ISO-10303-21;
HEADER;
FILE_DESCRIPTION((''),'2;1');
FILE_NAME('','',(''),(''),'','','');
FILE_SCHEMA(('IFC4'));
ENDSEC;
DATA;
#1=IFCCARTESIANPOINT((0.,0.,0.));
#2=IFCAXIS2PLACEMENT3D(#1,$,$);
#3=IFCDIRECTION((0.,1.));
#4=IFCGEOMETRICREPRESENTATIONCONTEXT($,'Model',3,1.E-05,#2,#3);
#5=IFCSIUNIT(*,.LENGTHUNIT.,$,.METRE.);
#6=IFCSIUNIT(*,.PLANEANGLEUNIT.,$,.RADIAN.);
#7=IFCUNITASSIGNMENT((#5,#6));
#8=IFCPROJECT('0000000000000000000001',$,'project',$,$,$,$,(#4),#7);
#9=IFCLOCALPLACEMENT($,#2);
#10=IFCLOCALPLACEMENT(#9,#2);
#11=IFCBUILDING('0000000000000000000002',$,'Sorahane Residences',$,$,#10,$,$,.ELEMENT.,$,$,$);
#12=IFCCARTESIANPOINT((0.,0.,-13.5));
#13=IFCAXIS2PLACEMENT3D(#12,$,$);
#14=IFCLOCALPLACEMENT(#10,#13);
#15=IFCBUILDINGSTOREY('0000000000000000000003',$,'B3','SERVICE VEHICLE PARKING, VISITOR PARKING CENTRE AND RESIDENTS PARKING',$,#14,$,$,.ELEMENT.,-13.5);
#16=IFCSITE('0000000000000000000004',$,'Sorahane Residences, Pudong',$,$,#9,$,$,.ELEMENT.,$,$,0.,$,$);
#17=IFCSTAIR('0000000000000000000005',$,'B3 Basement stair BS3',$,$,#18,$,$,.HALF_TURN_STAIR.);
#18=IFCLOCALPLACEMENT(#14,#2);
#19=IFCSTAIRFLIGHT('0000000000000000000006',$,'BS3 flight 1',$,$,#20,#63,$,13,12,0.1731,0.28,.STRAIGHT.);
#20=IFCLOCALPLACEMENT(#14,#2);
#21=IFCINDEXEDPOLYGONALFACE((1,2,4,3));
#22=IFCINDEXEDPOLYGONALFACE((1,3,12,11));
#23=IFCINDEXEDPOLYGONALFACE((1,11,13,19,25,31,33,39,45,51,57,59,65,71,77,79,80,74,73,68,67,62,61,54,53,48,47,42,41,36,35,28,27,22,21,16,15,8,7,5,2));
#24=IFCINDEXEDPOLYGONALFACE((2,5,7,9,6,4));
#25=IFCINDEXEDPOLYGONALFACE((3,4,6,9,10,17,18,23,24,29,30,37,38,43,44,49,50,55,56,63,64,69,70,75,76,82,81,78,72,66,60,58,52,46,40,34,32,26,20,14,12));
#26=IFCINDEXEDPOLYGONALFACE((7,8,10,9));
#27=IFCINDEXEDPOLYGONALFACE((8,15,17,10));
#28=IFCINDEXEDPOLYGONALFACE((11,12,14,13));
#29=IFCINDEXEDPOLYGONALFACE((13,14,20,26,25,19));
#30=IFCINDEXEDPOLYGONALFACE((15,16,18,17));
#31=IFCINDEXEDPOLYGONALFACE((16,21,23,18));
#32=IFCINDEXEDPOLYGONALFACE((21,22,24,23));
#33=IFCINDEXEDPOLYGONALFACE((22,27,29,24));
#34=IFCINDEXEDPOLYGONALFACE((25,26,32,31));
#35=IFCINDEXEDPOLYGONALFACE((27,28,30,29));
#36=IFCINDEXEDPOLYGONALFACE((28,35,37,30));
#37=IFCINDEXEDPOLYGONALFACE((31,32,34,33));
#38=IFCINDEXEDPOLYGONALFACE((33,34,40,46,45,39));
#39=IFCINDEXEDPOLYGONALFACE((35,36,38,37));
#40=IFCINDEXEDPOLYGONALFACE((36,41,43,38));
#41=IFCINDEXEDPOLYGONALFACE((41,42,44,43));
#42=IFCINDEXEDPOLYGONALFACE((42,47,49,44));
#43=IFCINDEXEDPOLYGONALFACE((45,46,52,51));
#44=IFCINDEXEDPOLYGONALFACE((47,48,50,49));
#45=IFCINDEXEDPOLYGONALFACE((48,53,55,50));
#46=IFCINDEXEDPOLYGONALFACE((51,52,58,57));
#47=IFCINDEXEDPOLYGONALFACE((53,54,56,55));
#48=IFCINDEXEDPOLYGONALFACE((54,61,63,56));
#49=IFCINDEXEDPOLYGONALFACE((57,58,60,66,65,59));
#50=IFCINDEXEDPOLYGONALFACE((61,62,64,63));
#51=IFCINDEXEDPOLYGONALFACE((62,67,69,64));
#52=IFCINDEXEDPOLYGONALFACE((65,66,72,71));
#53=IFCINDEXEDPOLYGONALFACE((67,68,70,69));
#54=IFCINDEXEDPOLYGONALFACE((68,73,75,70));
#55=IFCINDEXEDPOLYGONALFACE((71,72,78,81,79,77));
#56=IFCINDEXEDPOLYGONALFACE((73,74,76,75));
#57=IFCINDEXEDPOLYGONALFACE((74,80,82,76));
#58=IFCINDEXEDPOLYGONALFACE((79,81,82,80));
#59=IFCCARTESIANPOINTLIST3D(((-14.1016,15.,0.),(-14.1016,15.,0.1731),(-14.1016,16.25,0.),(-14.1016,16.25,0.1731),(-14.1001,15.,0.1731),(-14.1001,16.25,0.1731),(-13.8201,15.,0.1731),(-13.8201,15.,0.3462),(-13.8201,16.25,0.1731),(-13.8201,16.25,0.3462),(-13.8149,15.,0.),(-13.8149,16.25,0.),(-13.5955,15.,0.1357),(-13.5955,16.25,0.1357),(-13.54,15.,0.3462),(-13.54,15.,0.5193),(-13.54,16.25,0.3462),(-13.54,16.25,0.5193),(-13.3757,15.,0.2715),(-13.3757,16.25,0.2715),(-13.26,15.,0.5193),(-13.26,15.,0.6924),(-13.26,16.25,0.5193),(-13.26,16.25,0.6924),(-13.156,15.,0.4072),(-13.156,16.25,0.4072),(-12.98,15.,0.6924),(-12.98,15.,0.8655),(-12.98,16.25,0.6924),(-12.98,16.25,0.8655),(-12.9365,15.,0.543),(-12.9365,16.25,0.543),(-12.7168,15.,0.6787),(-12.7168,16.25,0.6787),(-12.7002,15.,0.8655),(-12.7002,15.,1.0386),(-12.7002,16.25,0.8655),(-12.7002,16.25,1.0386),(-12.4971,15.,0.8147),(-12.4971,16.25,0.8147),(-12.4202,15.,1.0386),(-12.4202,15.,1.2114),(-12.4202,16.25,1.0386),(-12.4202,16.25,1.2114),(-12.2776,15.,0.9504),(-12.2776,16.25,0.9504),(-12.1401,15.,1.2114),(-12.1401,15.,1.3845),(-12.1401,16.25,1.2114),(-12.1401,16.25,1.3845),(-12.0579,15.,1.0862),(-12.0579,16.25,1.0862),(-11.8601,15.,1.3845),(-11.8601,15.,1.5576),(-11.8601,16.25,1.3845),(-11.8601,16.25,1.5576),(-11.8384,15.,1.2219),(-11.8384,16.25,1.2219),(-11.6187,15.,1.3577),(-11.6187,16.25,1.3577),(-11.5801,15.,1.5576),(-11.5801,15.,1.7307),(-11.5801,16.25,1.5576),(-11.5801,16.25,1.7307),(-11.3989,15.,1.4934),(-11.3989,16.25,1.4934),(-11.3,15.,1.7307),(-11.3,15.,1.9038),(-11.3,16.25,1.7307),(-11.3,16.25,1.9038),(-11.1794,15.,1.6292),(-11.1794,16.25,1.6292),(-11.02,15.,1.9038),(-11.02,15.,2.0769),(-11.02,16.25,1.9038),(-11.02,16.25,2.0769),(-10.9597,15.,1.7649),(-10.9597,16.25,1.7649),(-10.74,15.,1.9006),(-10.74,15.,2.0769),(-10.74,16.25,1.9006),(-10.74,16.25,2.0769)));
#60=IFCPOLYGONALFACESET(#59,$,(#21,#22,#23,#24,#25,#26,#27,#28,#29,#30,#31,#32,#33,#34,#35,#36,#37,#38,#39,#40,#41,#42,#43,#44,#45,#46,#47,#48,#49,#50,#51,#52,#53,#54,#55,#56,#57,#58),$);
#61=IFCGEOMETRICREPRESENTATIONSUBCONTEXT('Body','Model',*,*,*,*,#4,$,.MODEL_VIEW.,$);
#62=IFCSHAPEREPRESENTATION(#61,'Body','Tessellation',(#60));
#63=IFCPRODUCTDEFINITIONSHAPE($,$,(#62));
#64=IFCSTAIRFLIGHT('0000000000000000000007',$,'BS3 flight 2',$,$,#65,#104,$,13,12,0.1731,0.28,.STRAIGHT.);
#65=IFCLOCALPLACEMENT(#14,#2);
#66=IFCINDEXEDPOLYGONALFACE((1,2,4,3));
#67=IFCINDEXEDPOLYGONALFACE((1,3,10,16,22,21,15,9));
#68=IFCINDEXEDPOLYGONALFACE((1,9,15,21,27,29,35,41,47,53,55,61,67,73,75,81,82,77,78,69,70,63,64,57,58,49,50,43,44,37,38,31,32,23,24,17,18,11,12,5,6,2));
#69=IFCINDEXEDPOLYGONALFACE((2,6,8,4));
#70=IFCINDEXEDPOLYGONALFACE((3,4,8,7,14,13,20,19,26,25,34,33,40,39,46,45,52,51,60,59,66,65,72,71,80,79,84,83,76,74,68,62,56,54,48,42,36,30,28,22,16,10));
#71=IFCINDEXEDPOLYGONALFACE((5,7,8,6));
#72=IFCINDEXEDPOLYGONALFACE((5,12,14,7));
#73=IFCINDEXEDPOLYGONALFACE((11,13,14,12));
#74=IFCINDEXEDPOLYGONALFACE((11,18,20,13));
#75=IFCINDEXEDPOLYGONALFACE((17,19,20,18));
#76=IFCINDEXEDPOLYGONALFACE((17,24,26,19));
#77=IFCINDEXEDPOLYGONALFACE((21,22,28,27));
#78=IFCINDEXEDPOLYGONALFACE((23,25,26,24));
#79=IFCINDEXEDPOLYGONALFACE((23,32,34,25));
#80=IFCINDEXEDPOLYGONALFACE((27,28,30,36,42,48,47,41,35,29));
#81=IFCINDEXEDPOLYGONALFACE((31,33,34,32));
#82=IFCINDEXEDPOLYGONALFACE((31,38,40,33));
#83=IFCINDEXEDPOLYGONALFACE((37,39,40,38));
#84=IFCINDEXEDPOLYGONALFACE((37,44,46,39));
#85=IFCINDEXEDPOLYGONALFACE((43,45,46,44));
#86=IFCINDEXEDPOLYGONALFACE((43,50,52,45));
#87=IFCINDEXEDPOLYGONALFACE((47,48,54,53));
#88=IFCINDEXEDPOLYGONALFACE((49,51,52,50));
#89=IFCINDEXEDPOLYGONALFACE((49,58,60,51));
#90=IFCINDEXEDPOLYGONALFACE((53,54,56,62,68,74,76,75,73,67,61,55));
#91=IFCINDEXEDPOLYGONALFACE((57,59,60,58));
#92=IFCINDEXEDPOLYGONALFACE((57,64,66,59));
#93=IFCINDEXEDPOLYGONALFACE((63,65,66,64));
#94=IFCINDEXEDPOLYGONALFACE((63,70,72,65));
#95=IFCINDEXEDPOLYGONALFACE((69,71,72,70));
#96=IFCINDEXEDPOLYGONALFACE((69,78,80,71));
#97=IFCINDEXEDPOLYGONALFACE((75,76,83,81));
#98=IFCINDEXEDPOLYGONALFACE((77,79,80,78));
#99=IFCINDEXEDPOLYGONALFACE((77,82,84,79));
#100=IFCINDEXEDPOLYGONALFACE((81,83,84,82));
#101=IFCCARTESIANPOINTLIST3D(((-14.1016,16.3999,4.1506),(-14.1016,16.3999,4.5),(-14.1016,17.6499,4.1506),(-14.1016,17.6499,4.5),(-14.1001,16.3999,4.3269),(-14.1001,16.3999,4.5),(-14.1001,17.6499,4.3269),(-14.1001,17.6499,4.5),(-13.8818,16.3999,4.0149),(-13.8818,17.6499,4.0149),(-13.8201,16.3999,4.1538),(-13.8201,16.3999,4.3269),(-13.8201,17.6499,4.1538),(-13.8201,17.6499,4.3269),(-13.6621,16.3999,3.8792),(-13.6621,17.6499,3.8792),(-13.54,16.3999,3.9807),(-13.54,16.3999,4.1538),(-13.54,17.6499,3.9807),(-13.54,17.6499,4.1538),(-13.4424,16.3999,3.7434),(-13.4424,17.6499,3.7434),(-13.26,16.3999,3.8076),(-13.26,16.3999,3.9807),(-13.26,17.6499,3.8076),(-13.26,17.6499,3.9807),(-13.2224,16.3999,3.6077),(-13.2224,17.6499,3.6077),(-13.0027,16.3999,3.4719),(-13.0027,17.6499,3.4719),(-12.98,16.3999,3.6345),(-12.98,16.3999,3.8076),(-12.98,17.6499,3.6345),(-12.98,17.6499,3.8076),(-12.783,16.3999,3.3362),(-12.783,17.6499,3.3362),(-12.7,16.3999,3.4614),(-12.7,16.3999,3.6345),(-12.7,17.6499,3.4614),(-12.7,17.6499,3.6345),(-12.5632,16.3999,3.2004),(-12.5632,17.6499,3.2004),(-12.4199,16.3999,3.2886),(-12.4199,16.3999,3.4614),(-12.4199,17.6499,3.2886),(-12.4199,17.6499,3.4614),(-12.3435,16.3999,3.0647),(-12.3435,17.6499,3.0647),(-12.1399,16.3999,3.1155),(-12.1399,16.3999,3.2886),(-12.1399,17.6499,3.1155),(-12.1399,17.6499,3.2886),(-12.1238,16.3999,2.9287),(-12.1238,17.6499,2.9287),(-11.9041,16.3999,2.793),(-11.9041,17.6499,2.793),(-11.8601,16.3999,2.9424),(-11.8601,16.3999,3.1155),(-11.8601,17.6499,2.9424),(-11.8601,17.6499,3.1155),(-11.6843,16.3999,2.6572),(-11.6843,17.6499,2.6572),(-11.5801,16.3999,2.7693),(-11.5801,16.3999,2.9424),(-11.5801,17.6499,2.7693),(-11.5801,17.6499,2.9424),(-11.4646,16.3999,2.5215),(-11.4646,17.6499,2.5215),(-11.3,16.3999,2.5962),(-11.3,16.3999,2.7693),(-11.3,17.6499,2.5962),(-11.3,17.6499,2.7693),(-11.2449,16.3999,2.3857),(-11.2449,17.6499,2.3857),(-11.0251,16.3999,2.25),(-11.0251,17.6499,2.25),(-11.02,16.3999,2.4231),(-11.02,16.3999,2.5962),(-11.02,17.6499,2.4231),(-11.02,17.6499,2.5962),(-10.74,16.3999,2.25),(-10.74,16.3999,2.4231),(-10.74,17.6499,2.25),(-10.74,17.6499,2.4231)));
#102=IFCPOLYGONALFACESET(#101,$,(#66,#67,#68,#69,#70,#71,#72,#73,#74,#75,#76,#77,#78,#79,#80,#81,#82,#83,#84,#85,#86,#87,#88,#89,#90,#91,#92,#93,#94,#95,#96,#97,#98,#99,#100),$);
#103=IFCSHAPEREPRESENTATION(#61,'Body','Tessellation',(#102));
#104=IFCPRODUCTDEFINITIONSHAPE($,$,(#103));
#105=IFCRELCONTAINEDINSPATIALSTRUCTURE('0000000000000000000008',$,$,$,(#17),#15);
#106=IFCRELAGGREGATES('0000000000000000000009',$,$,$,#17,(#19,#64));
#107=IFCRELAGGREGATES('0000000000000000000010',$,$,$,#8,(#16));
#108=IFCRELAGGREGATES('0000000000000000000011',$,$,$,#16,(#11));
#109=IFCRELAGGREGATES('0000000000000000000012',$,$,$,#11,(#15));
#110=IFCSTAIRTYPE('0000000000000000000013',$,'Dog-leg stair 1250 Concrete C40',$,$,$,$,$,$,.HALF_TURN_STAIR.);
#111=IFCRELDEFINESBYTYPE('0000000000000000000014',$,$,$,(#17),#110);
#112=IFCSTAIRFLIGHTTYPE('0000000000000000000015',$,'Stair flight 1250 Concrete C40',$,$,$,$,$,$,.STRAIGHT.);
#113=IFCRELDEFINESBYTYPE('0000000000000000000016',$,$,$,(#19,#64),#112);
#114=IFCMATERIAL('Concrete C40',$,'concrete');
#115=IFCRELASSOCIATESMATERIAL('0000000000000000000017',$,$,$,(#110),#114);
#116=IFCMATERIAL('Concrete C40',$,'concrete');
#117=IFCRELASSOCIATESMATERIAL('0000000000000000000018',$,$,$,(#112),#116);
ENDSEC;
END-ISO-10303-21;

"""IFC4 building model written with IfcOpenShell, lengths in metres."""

from ifc_helpers import new_model, si_unit, direction, frame, origin, place, context, subcontext, project, spatial, polyline, outline, extrude, material, type_object, element, aggregate, save


model = new_model("IFC4")

# Units and contexts
model_context = context("Model", 3, precision=1e-05, world=origin(), true_north=direction((0.0, 1.0)))
body_context = subcontext(model_context, "Body", "Model", "MODEL_VIEW")
ifc_project = project(units=[si_unit("LENGTHUNIT", "METRE"), si_unit("PLANEANGLEUNIT", "RADIAN")], contexts=[model_context])

# Site, building, storey
site_placement = place(None, origin())
site = spatial("IfcSite", under=ifc_project, at=site_placement, Name="Sorahane Residences, Pudong", CompositionType="ELEMENT", RefElevation=0.0)
building_placement = place(site_placement, origin())
building = spatial("IfcBuilding", under=site, at=building_placement, Name="Sorahane Residences", CompositionType="ELEMENT")
storey_placement = place(building_placement, frame((0.0, 0.0, -13.5)))
storey = spatial("IfcBuildingStorey", under=building, at=storey_placement, Name="B3", Description="SERVICE VEHICLE PARKING, VISITOR PARKING CENTRE AND RESIDENTS PARKING", CompositionType="ELEMENT", Elevation=-13.5)

# Stair, stair flights
ifc_material_1 = material(Name="Concrete C40", Category="concrete")
stair_type = type_object("IfcStairType", Name="Dog-leg stair 1250 Concrete C40", PredefinedType="HALF_TURN_STAIR", material=ifc_material_1)
stair_placement = place(storey_placement, origin())
stair = element("IfcStair", 1, at=stair_placement, inside=storey, type_object=stair_type, Name="B3 Basement stair BS3", PredefinedType="HALF_TURN_STAIR")
ifc_material_2 = material(Name="Concrete C40", Category="concrete")
stair_flight_type = type_object("IfcStairFlightType", Name="Stair flight 1250 Concrete C40", PredefinedType="STRAIGHT", material=ifc_material_2)
stair_flight_1_placement = place(storey_placement, frame((-14.1001, 15.625, 0.0), z_axis=(0.0, 0.0, 1.0), x_axis=(1.0, 0.0, 0.0)))
stair_flight_1 = element("IfcStairFlight", 2, at=stair_flight_1_placement, type_object=stair_flight_type, Name="BS3 flight 1", NumberOfRisers=13, NumberOfTreads=12, PredefinedType="STRAIGHT", RiserHeight=0.1731, TreadLength=0.28, context=body_context, shape_type="SweptSolid", body=[
    extrude(outline(polyline([(-0.0015, 0.0), (-0.0015, 0.1731), (0.0, 0.1731), (0.28, 0.1731), (0.28, 0.3462), (0.5601, 0.3462), (0.5601, 0.5193), (0.8401, 0.5193), (0.8401, 0.6924), (1.1201, 0.6924), (1.1201, 0.8655), (1.3999, 0.8655), (1.3999, 1.0386), (1.6799, 1.0386), (1.6799, 1.2114), (1.96, 1.2114), (1.96, 1.3845), (2.24, 1.3845), (2.24, 1.5576), (2.52, 1.5576), (2.52, 1.7307), (2.8, 1.7307), (2.8, 1.9038), (3.0801, 1.9038), (3.0801, 2.0769), (3.3601, 2.0769), (3.3601, 2.25), (3.3601, 1.9006), (3.1404, 1.7649), (2.9207, 1.6292), (2.7012, 1.4934), (2.4814, 1.3577), (2.2617, 1.2219), (2.0422, 1.0862), (1.8225, 0.9504), (1.603, 0.8147), (1.3833, 0.6787), (1.1636, 0.543), (0.9441, 0.4072), (0.7244, 0.2715), (0.5046, 0.1357), (0.2852, 0.0), (-0.0015, 0.0)])), frame((0.0, 0.625, 0.0), z_axis=(0.0, -1.0, 0.0), x_axis=(1.0, 0.0, 0.0)), (0.0, 0.0, 1.0), 1.25),
])
stair_flight_2_placement = place(storey_placement, frame((-10.74, 17.0249, 2.25), z_axis=(0.0, 0.0, 1.0), x_axis=(-1.0, 0.0, 0.0)))
stair_flight_2 = element("IfcStairFlight", 3, at=stair_flight_2_placement, type_object=stair_flight_type, Name="BS3 flight 2", NumberOfRisers=13, NumberOfTreads=12, PredefinedType="STRAIGHT", RiserHeight=0.1731, TreadLength=0.28, context=body_context, shape_type="SweptSolid", body=[
    extrude(outline(polyline([(0.0, 0.0), (0.0, 0.1731), (0.28, 0.1731), (0.28, 0.3462), (0.5601, 0.3462), (0.5601, 0.5193), (0.8401, 0.5193), (0.8401, 0.6924), (1.1201, 0.6924), (1.1201, 0.8655), (1.3999, 0.8655), (1.3999, 1.0386), (1.6799, 1.0386), (1.6799, 1.2114), (1.96, 1.2114), (1.96, 1.3845), (2.24, 1.3845), (2.24, 1.5576), (2.52, 1.5576), (2.52, 1.7307), (2.8, 1.7307), (2.8, 1.9038), (3.0801, 1.9038), (3.0801, 2.0769), (3.3601, 2.0769), (3.3601, 2.25), (3.3616, 2.25), (3.3616, 1.9006), (3.1418, 1.7649), (2.9221, 1.6292), (2.7024, 1.4934), (2.4824, 1.3577), (2.2627, 1.2219), (2.043, 1.0862), (1.8232, 0.9504), (1.6035, 0.8147), (1.3838, 0.6787), (1.1641, 0.543), (0.9443, 0.4072), (0.7246, 0.2715), (0.5049, 0.1357), (0.2852, 0.0), (0.0, 0.0)])), frame((0.0, 0.625, 0.0), z_axis=(0.0, -1.0, 0.0), x_axis=(1.0, 0.0, 0.0)), (0.0, 0.0, 1.0), 1.25),
])
aggregate(stair, [stair_flight_1, stair_flight_2])

save(model, "model.ifc")
